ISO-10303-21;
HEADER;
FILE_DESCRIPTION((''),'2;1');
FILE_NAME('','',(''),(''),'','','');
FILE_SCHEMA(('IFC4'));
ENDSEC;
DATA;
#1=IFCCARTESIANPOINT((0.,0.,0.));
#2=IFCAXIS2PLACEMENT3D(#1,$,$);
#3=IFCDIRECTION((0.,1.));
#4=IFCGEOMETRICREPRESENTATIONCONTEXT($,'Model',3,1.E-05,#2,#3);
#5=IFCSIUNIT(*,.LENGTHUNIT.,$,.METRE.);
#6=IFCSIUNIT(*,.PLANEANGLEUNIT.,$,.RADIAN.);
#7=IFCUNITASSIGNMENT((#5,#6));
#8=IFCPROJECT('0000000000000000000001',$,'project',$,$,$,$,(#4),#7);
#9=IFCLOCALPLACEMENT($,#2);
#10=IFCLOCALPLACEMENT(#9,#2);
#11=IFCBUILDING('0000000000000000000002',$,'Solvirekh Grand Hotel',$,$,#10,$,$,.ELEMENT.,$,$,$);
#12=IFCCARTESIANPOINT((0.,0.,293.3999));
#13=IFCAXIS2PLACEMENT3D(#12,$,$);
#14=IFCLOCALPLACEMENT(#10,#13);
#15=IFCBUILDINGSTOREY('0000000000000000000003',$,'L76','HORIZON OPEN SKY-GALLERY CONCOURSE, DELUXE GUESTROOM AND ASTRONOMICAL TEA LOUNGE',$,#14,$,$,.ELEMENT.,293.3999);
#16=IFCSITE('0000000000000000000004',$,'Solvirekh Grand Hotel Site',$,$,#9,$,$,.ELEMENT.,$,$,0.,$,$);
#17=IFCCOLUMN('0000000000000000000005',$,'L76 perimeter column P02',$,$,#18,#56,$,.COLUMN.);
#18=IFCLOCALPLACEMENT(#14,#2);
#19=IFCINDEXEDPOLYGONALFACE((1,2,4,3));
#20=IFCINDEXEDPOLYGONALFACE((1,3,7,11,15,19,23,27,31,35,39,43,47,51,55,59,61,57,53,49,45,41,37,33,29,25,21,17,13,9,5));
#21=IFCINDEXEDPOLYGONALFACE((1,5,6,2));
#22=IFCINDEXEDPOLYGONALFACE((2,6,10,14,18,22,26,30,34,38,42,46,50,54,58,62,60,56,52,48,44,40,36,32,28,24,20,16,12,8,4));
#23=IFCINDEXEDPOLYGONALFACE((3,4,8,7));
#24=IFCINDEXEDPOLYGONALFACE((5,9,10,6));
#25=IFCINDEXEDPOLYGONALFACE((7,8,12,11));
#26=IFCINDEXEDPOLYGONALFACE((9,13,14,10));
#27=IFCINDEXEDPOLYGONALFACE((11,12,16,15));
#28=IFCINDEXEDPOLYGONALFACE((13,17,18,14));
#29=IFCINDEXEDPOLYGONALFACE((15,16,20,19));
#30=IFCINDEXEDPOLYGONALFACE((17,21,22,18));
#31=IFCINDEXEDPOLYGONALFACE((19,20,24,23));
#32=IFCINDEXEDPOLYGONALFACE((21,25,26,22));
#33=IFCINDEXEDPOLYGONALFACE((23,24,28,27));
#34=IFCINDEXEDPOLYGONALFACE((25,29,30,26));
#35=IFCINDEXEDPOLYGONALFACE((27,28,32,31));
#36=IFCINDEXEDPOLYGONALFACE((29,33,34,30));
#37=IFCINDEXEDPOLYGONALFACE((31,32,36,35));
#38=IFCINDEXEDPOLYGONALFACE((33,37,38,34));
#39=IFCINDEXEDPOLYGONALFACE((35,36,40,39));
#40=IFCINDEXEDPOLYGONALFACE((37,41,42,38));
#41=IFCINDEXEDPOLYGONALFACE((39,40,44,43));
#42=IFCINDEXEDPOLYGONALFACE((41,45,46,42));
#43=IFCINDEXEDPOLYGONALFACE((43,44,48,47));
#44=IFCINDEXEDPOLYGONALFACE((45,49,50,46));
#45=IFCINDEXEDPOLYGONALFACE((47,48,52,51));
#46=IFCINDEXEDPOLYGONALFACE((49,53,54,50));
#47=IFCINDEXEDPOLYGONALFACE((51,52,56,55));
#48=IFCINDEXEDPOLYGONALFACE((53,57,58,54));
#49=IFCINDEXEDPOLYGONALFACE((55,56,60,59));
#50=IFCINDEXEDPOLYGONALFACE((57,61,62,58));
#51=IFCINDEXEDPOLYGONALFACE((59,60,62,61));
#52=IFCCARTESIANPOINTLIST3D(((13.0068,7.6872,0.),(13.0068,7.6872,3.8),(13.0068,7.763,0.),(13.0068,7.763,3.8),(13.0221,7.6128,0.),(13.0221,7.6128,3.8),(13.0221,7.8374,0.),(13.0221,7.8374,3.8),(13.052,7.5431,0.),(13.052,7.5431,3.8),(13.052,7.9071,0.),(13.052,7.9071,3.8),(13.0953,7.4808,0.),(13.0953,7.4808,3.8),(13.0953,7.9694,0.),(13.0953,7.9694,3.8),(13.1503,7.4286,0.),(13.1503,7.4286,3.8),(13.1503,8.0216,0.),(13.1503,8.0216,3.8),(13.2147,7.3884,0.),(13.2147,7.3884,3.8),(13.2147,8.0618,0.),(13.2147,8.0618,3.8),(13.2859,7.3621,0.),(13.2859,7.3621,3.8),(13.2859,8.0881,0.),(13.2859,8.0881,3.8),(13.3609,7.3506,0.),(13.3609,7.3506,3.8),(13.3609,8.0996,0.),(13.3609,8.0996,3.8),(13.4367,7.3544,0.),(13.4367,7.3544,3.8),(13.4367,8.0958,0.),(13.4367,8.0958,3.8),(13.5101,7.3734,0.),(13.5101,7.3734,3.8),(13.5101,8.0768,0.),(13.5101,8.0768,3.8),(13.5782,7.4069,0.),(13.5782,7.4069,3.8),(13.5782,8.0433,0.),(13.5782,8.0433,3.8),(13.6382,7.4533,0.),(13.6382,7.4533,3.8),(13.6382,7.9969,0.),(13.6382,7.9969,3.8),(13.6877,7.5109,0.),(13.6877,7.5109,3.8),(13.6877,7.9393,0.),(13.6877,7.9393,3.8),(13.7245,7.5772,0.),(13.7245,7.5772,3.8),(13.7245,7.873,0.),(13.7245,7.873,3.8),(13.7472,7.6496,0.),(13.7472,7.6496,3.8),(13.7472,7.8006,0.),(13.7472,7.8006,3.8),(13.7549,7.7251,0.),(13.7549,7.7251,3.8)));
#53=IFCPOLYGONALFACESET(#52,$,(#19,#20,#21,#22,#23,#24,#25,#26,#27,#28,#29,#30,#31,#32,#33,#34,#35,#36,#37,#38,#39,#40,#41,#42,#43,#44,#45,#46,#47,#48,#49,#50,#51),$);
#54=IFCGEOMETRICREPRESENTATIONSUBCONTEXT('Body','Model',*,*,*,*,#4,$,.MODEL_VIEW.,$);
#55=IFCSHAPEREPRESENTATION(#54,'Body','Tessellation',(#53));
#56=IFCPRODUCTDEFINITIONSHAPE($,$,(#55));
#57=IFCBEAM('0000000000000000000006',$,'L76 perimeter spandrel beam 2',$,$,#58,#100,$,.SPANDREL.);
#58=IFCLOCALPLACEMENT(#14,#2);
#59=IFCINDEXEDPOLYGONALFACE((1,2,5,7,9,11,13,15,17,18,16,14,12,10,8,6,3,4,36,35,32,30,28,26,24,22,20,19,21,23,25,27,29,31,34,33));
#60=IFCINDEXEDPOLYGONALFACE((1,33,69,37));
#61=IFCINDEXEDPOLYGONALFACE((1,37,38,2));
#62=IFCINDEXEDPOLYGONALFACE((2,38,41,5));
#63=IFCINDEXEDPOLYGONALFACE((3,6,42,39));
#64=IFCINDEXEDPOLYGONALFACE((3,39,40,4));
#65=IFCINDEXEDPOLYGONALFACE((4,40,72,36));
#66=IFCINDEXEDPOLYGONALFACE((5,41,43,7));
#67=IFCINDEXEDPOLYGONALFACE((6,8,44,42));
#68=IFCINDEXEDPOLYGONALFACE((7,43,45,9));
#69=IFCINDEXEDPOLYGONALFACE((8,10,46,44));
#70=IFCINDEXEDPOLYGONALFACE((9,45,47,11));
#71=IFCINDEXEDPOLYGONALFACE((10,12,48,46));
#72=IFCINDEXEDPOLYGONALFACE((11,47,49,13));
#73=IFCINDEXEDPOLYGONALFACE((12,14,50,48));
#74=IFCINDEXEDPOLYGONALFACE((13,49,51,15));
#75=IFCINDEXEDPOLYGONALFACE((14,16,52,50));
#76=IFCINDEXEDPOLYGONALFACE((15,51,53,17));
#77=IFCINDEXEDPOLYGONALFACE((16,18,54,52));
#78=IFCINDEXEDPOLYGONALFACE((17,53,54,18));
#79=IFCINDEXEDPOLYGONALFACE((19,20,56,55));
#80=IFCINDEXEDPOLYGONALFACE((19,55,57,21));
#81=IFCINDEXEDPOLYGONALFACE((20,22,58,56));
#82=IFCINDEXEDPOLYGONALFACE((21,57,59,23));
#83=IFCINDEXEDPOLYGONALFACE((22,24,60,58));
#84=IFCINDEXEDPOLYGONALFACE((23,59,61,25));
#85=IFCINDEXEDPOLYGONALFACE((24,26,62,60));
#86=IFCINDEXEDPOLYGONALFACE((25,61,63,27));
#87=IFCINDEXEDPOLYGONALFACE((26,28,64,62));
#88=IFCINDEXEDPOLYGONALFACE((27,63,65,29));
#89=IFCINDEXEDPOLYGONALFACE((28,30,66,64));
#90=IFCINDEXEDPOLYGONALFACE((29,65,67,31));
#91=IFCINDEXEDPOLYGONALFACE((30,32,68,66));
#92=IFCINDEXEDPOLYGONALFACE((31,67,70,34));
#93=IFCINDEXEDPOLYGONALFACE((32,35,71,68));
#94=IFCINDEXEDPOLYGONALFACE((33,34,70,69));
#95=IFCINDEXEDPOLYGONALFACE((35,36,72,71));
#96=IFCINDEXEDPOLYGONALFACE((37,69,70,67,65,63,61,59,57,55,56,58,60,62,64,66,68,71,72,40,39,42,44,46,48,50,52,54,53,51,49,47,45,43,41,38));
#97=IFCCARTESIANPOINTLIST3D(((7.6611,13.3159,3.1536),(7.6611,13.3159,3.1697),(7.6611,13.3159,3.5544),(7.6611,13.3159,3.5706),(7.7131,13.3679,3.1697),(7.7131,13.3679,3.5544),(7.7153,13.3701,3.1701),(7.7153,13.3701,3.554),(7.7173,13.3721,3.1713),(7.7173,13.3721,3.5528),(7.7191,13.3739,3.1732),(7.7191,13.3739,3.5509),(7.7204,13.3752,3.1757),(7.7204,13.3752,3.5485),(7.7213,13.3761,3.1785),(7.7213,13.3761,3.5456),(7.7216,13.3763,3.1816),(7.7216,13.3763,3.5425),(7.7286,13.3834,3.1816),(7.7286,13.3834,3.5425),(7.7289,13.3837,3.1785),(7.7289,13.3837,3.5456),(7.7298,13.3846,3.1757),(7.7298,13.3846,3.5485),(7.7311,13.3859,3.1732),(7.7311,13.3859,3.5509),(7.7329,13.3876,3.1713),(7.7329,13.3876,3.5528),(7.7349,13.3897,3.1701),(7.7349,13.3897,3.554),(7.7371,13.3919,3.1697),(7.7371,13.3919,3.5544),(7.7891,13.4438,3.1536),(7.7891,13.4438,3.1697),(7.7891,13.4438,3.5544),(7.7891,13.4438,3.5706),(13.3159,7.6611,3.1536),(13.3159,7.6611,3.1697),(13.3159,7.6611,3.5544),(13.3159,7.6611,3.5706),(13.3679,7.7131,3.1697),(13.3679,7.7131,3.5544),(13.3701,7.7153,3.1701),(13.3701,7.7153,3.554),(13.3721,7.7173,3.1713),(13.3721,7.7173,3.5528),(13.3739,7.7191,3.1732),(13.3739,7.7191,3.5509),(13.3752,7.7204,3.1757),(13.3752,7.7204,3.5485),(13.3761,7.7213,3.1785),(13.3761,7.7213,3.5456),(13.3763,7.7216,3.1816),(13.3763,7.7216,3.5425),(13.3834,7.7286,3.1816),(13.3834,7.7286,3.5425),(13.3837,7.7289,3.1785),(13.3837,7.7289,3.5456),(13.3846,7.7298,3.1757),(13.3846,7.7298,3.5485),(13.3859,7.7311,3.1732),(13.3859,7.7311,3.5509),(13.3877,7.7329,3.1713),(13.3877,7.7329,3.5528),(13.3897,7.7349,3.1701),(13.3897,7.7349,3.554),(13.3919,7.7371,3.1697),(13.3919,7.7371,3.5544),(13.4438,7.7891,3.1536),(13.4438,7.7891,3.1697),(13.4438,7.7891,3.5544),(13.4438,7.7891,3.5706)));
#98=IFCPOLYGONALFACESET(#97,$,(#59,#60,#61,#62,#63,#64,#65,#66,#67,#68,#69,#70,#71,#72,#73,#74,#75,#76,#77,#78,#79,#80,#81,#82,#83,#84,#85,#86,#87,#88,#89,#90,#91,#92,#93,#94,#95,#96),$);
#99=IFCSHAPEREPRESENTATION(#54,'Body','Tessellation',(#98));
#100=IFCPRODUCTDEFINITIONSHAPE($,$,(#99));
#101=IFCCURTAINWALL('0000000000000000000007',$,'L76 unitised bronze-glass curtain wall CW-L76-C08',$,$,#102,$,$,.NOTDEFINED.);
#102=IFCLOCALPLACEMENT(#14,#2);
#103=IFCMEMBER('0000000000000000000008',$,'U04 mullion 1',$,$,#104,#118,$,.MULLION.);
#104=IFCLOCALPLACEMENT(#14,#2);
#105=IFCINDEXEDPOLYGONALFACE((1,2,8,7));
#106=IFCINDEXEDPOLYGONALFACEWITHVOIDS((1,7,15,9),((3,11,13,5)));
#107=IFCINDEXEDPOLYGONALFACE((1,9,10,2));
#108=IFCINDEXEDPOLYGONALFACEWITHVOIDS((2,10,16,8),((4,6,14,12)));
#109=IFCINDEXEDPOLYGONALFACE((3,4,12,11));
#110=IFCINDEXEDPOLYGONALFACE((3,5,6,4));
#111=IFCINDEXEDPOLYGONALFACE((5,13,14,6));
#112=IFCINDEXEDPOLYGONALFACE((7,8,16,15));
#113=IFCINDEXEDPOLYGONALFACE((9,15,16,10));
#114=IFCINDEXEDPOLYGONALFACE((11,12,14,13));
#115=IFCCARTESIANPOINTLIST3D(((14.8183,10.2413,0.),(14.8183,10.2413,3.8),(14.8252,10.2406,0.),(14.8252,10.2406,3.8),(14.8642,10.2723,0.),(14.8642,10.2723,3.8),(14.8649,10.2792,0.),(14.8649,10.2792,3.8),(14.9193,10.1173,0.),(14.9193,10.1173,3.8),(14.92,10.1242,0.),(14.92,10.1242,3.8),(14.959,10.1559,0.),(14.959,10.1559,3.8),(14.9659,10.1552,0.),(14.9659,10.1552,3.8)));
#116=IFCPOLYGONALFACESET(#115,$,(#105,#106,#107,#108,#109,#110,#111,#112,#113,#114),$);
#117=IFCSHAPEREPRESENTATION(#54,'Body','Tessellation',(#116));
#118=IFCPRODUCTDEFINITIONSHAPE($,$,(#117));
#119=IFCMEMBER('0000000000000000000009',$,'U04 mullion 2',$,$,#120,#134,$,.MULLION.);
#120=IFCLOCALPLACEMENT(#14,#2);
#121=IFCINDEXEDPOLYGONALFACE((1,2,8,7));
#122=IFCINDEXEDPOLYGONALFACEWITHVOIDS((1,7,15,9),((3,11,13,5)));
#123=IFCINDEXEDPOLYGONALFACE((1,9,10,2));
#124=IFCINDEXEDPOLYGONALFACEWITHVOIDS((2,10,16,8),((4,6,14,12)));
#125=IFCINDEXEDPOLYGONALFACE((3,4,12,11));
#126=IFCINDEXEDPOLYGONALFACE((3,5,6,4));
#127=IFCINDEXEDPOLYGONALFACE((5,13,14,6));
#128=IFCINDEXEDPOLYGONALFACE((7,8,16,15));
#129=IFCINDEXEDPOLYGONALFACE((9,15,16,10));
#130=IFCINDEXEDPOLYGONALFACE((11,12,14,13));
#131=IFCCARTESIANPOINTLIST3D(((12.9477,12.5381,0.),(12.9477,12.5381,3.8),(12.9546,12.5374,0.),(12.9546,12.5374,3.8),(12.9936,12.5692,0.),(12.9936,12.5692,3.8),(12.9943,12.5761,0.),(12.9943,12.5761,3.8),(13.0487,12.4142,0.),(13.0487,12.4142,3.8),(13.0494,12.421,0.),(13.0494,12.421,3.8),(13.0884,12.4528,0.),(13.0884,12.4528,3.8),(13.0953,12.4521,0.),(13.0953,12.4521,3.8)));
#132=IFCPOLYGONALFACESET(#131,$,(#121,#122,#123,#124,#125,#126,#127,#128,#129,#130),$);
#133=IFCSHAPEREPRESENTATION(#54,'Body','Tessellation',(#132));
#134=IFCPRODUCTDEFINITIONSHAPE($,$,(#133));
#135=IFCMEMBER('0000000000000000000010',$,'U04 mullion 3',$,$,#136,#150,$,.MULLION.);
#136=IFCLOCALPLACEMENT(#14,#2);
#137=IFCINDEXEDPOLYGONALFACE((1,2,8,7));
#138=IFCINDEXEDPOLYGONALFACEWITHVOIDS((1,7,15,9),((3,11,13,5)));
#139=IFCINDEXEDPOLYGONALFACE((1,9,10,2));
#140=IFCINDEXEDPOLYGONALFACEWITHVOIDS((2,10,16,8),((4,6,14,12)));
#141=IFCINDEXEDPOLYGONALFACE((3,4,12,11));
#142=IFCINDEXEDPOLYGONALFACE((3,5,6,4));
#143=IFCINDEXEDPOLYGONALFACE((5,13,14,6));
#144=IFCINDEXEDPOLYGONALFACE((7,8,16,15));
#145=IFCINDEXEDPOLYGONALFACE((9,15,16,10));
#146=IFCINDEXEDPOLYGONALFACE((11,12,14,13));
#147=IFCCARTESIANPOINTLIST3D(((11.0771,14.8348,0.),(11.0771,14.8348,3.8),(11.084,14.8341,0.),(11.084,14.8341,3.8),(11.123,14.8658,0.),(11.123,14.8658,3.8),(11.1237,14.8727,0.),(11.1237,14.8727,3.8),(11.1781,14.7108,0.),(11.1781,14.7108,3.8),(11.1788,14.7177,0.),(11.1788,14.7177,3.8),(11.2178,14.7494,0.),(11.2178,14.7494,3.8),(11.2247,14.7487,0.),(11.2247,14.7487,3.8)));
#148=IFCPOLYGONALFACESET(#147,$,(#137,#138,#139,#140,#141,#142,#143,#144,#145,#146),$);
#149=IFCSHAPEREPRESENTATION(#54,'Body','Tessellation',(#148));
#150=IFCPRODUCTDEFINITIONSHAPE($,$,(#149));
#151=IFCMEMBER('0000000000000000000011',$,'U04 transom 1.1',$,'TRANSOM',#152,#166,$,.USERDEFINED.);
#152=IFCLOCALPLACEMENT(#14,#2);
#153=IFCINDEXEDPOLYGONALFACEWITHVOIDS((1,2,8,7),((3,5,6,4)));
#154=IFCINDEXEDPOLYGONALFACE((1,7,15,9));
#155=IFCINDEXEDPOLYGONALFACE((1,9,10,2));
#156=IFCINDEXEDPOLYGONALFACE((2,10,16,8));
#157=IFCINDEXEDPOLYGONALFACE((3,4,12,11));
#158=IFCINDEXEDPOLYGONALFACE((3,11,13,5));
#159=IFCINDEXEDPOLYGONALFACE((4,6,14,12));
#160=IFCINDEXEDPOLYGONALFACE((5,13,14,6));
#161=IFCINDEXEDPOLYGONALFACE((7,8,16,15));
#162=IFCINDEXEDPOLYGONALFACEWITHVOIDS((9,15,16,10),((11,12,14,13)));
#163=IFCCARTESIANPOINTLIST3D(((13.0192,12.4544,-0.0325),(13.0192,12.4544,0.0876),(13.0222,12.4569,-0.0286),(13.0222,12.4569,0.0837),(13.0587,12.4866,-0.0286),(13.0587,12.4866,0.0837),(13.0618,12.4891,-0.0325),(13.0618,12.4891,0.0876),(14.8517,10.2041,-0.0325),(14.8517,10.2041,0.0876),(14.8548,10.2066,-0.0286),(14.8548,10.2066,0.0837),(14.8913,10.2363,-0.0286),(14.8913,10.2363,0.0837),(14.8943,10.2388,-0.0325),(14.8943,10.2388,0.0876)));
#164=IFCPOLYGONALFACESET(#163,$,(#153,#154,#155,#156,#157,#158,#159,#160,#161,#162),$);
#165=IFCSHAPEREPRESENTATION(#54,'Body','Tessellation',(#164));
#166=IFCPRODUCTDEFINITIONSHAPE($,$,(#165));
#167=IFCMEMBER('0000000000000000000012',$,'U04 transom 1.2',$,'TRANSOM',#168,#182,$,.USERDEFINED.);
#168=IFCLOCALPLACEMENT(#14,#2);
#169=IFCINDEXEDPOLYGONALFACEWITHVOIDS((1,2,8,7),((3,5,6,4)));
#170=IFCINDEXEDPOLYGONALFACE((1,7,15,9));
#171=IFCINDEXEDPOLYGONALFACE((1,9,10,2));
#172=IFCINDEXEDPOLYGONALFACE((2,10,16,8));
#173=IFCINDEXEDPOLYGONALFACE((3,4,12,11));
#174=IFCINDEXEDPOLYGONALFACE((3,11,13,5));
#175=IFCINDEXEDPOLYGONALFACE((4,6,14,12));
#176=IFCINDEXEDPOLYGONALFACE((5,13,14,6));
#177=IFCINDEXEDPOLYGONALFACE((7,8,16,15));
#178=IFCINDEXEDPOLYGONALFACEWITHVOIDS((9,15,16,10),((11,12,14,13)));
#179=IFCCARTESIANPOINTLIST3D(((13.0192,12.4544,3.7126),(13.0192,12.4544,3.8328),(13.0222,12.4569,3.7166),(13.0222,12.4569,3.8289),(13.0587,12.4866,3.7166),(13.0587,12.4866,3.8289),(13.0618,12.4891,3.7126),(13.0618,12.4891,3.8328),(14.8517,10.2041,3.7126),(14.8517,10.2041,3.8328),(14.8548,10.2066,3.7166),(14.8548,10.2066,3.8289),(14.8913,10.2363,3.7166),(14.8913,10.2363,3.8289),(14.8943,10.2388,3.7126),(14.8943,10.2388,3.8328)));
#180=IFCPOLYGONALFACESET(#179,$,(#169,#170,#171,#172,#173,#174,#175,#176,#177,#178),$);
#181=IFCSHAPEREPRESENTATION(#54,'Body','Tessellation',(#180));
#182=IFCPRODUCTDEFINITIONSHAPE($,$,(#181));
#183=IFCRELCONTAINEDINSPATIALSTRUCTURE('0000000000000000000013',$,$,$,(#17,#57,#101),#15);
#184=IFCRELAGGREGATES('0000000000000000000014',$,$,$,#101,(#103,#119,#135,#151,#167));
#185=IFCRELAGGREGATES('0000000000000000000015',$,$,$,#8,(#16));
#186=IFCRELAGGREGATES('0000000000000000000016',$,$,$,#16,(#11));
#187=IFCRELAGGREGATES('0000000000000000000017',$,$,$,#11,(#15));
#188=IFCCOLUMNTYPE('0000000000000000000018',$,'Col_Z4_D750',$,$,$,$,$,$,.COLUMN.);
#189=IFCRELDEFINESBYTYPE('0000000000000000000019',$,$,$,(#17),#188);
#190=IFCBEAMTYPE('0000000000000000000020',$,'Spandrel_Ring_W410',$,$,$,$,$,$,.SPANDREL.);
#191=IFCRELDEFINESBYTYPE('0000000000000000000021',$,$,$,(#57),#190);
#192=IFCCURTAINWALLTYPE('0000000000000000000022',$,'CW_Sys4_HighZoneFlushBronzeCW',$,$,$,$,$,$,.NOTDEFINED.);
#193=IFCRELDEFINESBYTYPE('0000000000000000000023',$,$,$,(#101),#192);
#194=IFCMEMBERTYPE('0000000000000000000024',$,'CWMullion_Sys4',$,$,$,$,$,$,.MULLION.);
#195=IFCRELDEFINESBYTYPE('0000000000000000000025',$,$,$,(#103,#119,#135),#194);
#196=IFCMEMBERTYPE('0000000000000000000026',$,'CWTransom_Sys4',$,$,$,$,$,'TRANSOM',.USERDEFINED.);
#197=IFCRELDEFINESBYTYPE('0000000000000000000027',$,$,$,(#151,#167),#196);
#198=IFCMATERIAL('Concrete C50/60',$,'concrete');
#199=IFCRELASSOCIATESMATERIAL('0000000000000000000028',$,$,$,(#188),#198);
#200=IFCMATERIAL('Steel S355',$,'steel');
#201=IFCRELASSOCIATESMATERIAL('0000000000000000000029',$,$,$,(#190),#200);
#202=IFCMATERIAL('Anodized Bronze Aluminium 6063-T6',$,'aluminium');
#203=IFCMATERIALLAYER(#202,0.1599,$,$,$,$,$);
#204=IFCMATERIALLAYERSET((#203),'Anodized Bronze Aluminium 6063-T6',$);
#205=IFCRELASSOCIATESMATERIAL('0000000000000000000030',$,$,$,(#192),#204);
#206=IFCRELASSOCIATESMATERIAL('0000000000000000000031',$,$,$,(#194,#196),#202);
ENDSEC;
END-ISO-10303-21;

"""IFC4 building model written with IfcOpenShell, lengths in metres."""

from ifc_helpers import new_model, si_unit, direction, frame, origin, origin_2d, place, context, subcontext, project, spatial, hollow_rectangle, circle, i_section, extrude, source, transform, mapped, material, layer, layer_set, material_profile, profile_set, type_object, element, aggregate, save


model = new_model("IFC4")

# Units and contexts
model_context = context("Model", 3, precision=1e-05, world=origin(), true_north=direction((0.0, 1.0)))
body_context = subcontext(model_context, "Body", "Model", "MODEL_VIEW")
ifc_project = project(units=[si_unit("LENGTHUNIT", "METRE"), si_unit("PLANEANGLEUNIT", "RADIAN")], contexts=[model_context])

# Site, building, storey
site_placement = place(None, origin())
site = spatial("IfcSite", under=ifc_project, at=site_placement, Name="Solvirekh Grand Hotel Site", CompositionType="ELEMENT", RefElevation=0.0)
building_placement = place(site_placement, origin())
building = spatial("IfcBuilding", under=site, at=building_placement, Name="Solvirekh Grand Hotel", CompositionType="ELEMENT")
storey_placement = place(building_placement, frame((0.0, 0.0, 293.3999)))
storey = spatial("IfcBuildingStorey", under=building, at=storey_placement, Name="L76", Description="HORIZON OPEN SKY-GALLERY CONCOURSE, DELUXE GUESTROOM AND ASTRONOMICAL TEA LOUNGE", CompositionType="ELEMENT", Elevation=293.3999)

# Column
ifc_material_1 = material(Name="Concrete C50/60", Category="concrete")
ifc_material_profile_1 = material_profile(ifc_material_1, circle(Radius=0.375, at=origin_2d()), Name="RC CIRC D750")
ifc_profile_set_1 = profile_set([ifc_material_profile_1], Name="Concrete C50/60")
column_type = type_object("IfcColumnType", Name="Col_Z4_D750", PredefinedType="COLUMN", material=ifc_profile_set_1)
column_placement = place(storey_placement, frame((13.3799, 7.7251, 0.0), z_axis=(0.0, 0.0, 1.0), x_axis=(1.0, 0.0, 0.0)))
element("IfcColumn", 1, at=column_placement, inside=storey, type_object=column_type, Name="L76 perimeter column P02", PredefinedType="COLUMN", context=body_context, shape_type="SweptSolid", body=[
    extrude(circle(Radius=0.375, at=origin_2d()), origin(), (0.0, 0.0, 1.0), 3.8),
])

# Beam
ifc_material_2 = material(Name="Steel S355", Category="steel")
ifc_material_profile_2 = material_profile(ifc_material_2, i_section(OverallWidth=0.1809, OverallDepth=0.417, WebThickness=0.01, FlangeThickness=0.0161, FilletRadius=0.012, at=origin_2d()), Name="W410X85")
ifc_profile_set_2 = profile_set([ifc_material_profile_2], Name="Steel S355")
beam_type = type_object("IfcBeamType", Name="Spandrel_Ring_W410", PredefinedType="SPANDREL", material=ifc_profile_set_2)
beam_placement = place(storey_placement, frame((13.3799, 7.7251, 3.3621), z_axis=(-0.707107, 0.707107, 0.0), x_axis=(-0.707107, -0.707107, 0.0)))
element("IfcBeam", 2, at=beam_placement, inside=storey, type_object=beam_type, Name="L76 perimeter spandrel beam 2", PredefinedType="SPANDREL", context=body_context, shape_type="SweptSolid", body=[
    extrude(i_section(OverallWidth=0.1809, OverallDepth=0.417, WebThickness=0.01, FlangeThickness=0.0161, FilletRadius=0.012, at=origin_2d()), origin(), (0.0, 0.0, 1.0), 7.9971),
])

# Curtain wall, members
ifc_material_3 = material(Name="Anodized Bronze Aluminium 6063-T6", Category="aluminium")
ifc_layer_1 = layer(ifc_material_3, 0.1599)
ifc_layer_set_1 = layer_set([ifc_layer_1], Name="Anodized Bronze Aluminium 6063-T6")
curtain_wall_type = type_object("IfcCurtainWallType", Name="CW_Sys4_HighZoneFlushBronzeCW", PredefinedType="NOTDEFINED", material=ifc_layer_set_1)
curtain_wall_placement = place(storey_placement, origin())
curtain_wall = element("IfcCurtainWall", 3, at=curtain_wall_placement, inside=storey, type_object=curtain_wall_type, Name="L76 unitised bronze-glass curtain wall CW-L76-C08", PredefinedType="NOTDEFINED")
ifc_material_profile_3 = material_profile(ifc_material_3, hollow_rectangle(XDim=0.0601, YDim=0.1599, WallThickness=0.0049, at=origin_2d()), Name="ALU RHS 160X60X5")
ifc_profile_set_3 = profile_set([ifc_material_profile_3], Name="Anodized Bronze Aluminium 6063-T6")
member_type_1 = type_object("IfcMemberType", Name="CWMullion_Sys4", PredefinedType="MULLION", material=ifc_profile_set_3)
shared_shape_1 = source(origin(), body_context, "Body", "SweptSolid", [
    extrude(hollow_rectangle(XDim=0.0601, YDim=0.1599, WallThickness=0.0049, at=origin_2d()), origin(), (0.0, 0.0, 1.0), 3.8),
])
member_1_placement = place(storey_placement, frame((14.8921, 10.1982, 0.0), z_axis=(0.0, 0.0, 1.0), x_axis=(-0.775377, -0.631498, 0.0)))
member_1 = element("IfcMember", 4, at=member_1_placement, type_object=member_type_1, Name="U04 mullion 1", PredefinedType="MULLION", context=body_context, shape_type="MappedRepresentation", body=[
    mapped(shared_shape_1, transform((0.0, 0.0, 0.0), x_axis=(1.0, 0.0, 0.0), y_axis=(0.0, 1.0, 0.0), z_axis=(0.0, 0.0, 1.0), scale=1.0)),
])
member_2_placement = place(storey_placement, frame((13.0215, 12.4951, 0.0), z_axis=(0.0, 0.0, 1.0), x_axis=(-0.775377, -0.631498, 0.0)))
member_2 = element("IfcMember", 5, at=member_2_placement, type_object=member_type_1, Name="U04 mullion 2", PredefinedType="MULLION", context=body_context, shape_type="MappedRepresentation", body=[
    mapped(shared_shape_1, transform((0.0, 0.0, 0.0), x_axis=(1.0, 0.0, 0.0), y_axis=(0.0, 1.0, 0.0), z_axis=(0.0, 0.0, 1.0), scale=1.0)),
])
member_3_placement = place(storey_placement, frame((11.1509, 14.7917, 0.0), z_axis=(0.0, 0.0, 1.0), x_axis=(-0.775377, -0.631498, 0.0)))
member_3 = element("IfcMember", 6, at=member_3_placement, type_object=member_type_1, Name="U04 mullion 3", PredefinedType="MULLION", context=body_context, shape_type="MappedRepresentation", body=[
    mapped(shared_shape_1, transform((0.0, 0.0, 0.0), x_axis=(1.0, 0.0, 0.0), y_axis=(0.0, 1.0, 0.0), z_axis=(0.0, 0.0, 1.0), scale=1.0)),
])
ifc_material_profile_4 = material_profile(ifc_material_3, hollow_rectangle(XDim=0.0549, YDim=0.1201, WallThickness=0.0039, at=origin_2d()), Name="ALU RHS 120X55X4")
ifc_profile_set_4 = profile_set([ifc_material_profile_4], Name="Anodized Bronze Aluminium 6063-T6")
member_type_2 = type_object("IfcMemberType", Name="CWTransom_Sys4", ElementType="TRANSOM", PredefinedType="USERDEFINED", material=ifc_profile_set_4)
shared_shape_2 = source(origin(), body_context, "Body", "SweptSolid", [
    extrude(hollow_rectangle(XDim=0.0549, YDim=0.1201, WallThickness=0.0039, at=origin_2d()), origin(), (0.0, 0.0, 1.0), 2.9021),
])
member_4_placement = place(storey_placement, frame((14.873, 10.2214, 0.0276), z_axis=(-0.631463, 0.775406, 0.0), x_axis=(-0.775406, -0.631463, 0.0)))
member_4 = element("IfcMember", 7, at=member_4_placement, type_object=member_type_2, Name="U04 transom 1.1", ObjectType="TRANSOM", PredefinedType="USERDEFINED", context=body_context, shape_type="MappedRepresentation", body=[
    mapped(shared_shape_2, transform((0.0, 0.0, 0.0), x_axis=(1.0, 0.0, 0.0), y_axis=(0.0, 1.0, 0.0), z_axis=(0.0, 0.0, 1.0), scale=1.0)),
])
member_5_placement = place(storey_placement, frame((14.873, 10.2214, 3.7727), z_axis=(-0.631463, 0.775406, 0.0), x_axis=(-0.775406, -0.631463, 0.0)))
member_5 = element("IfcMember", 8, at=member_5_placement, type_object=member_type_2, Name="U04 transom 1.2", ObjectType="TRANSOM", PredefinedType="USERDEFINED", context=body_context, shape_type="MappedRepresentation", body=[
    mapped(shared_shape_2, transform((0.0, 0.0, 0.0), x_axis=(1.0, 0.0, 0.0), y_axis=(0.0, 1.0, 0.0), z_axis=(0.0, 0.0, 1.0), scale=1.0)),
])
aggregate(curtain_wall, [member_1, member_2, member_3, member_4, member_5])

save(model, "model.ifc")
